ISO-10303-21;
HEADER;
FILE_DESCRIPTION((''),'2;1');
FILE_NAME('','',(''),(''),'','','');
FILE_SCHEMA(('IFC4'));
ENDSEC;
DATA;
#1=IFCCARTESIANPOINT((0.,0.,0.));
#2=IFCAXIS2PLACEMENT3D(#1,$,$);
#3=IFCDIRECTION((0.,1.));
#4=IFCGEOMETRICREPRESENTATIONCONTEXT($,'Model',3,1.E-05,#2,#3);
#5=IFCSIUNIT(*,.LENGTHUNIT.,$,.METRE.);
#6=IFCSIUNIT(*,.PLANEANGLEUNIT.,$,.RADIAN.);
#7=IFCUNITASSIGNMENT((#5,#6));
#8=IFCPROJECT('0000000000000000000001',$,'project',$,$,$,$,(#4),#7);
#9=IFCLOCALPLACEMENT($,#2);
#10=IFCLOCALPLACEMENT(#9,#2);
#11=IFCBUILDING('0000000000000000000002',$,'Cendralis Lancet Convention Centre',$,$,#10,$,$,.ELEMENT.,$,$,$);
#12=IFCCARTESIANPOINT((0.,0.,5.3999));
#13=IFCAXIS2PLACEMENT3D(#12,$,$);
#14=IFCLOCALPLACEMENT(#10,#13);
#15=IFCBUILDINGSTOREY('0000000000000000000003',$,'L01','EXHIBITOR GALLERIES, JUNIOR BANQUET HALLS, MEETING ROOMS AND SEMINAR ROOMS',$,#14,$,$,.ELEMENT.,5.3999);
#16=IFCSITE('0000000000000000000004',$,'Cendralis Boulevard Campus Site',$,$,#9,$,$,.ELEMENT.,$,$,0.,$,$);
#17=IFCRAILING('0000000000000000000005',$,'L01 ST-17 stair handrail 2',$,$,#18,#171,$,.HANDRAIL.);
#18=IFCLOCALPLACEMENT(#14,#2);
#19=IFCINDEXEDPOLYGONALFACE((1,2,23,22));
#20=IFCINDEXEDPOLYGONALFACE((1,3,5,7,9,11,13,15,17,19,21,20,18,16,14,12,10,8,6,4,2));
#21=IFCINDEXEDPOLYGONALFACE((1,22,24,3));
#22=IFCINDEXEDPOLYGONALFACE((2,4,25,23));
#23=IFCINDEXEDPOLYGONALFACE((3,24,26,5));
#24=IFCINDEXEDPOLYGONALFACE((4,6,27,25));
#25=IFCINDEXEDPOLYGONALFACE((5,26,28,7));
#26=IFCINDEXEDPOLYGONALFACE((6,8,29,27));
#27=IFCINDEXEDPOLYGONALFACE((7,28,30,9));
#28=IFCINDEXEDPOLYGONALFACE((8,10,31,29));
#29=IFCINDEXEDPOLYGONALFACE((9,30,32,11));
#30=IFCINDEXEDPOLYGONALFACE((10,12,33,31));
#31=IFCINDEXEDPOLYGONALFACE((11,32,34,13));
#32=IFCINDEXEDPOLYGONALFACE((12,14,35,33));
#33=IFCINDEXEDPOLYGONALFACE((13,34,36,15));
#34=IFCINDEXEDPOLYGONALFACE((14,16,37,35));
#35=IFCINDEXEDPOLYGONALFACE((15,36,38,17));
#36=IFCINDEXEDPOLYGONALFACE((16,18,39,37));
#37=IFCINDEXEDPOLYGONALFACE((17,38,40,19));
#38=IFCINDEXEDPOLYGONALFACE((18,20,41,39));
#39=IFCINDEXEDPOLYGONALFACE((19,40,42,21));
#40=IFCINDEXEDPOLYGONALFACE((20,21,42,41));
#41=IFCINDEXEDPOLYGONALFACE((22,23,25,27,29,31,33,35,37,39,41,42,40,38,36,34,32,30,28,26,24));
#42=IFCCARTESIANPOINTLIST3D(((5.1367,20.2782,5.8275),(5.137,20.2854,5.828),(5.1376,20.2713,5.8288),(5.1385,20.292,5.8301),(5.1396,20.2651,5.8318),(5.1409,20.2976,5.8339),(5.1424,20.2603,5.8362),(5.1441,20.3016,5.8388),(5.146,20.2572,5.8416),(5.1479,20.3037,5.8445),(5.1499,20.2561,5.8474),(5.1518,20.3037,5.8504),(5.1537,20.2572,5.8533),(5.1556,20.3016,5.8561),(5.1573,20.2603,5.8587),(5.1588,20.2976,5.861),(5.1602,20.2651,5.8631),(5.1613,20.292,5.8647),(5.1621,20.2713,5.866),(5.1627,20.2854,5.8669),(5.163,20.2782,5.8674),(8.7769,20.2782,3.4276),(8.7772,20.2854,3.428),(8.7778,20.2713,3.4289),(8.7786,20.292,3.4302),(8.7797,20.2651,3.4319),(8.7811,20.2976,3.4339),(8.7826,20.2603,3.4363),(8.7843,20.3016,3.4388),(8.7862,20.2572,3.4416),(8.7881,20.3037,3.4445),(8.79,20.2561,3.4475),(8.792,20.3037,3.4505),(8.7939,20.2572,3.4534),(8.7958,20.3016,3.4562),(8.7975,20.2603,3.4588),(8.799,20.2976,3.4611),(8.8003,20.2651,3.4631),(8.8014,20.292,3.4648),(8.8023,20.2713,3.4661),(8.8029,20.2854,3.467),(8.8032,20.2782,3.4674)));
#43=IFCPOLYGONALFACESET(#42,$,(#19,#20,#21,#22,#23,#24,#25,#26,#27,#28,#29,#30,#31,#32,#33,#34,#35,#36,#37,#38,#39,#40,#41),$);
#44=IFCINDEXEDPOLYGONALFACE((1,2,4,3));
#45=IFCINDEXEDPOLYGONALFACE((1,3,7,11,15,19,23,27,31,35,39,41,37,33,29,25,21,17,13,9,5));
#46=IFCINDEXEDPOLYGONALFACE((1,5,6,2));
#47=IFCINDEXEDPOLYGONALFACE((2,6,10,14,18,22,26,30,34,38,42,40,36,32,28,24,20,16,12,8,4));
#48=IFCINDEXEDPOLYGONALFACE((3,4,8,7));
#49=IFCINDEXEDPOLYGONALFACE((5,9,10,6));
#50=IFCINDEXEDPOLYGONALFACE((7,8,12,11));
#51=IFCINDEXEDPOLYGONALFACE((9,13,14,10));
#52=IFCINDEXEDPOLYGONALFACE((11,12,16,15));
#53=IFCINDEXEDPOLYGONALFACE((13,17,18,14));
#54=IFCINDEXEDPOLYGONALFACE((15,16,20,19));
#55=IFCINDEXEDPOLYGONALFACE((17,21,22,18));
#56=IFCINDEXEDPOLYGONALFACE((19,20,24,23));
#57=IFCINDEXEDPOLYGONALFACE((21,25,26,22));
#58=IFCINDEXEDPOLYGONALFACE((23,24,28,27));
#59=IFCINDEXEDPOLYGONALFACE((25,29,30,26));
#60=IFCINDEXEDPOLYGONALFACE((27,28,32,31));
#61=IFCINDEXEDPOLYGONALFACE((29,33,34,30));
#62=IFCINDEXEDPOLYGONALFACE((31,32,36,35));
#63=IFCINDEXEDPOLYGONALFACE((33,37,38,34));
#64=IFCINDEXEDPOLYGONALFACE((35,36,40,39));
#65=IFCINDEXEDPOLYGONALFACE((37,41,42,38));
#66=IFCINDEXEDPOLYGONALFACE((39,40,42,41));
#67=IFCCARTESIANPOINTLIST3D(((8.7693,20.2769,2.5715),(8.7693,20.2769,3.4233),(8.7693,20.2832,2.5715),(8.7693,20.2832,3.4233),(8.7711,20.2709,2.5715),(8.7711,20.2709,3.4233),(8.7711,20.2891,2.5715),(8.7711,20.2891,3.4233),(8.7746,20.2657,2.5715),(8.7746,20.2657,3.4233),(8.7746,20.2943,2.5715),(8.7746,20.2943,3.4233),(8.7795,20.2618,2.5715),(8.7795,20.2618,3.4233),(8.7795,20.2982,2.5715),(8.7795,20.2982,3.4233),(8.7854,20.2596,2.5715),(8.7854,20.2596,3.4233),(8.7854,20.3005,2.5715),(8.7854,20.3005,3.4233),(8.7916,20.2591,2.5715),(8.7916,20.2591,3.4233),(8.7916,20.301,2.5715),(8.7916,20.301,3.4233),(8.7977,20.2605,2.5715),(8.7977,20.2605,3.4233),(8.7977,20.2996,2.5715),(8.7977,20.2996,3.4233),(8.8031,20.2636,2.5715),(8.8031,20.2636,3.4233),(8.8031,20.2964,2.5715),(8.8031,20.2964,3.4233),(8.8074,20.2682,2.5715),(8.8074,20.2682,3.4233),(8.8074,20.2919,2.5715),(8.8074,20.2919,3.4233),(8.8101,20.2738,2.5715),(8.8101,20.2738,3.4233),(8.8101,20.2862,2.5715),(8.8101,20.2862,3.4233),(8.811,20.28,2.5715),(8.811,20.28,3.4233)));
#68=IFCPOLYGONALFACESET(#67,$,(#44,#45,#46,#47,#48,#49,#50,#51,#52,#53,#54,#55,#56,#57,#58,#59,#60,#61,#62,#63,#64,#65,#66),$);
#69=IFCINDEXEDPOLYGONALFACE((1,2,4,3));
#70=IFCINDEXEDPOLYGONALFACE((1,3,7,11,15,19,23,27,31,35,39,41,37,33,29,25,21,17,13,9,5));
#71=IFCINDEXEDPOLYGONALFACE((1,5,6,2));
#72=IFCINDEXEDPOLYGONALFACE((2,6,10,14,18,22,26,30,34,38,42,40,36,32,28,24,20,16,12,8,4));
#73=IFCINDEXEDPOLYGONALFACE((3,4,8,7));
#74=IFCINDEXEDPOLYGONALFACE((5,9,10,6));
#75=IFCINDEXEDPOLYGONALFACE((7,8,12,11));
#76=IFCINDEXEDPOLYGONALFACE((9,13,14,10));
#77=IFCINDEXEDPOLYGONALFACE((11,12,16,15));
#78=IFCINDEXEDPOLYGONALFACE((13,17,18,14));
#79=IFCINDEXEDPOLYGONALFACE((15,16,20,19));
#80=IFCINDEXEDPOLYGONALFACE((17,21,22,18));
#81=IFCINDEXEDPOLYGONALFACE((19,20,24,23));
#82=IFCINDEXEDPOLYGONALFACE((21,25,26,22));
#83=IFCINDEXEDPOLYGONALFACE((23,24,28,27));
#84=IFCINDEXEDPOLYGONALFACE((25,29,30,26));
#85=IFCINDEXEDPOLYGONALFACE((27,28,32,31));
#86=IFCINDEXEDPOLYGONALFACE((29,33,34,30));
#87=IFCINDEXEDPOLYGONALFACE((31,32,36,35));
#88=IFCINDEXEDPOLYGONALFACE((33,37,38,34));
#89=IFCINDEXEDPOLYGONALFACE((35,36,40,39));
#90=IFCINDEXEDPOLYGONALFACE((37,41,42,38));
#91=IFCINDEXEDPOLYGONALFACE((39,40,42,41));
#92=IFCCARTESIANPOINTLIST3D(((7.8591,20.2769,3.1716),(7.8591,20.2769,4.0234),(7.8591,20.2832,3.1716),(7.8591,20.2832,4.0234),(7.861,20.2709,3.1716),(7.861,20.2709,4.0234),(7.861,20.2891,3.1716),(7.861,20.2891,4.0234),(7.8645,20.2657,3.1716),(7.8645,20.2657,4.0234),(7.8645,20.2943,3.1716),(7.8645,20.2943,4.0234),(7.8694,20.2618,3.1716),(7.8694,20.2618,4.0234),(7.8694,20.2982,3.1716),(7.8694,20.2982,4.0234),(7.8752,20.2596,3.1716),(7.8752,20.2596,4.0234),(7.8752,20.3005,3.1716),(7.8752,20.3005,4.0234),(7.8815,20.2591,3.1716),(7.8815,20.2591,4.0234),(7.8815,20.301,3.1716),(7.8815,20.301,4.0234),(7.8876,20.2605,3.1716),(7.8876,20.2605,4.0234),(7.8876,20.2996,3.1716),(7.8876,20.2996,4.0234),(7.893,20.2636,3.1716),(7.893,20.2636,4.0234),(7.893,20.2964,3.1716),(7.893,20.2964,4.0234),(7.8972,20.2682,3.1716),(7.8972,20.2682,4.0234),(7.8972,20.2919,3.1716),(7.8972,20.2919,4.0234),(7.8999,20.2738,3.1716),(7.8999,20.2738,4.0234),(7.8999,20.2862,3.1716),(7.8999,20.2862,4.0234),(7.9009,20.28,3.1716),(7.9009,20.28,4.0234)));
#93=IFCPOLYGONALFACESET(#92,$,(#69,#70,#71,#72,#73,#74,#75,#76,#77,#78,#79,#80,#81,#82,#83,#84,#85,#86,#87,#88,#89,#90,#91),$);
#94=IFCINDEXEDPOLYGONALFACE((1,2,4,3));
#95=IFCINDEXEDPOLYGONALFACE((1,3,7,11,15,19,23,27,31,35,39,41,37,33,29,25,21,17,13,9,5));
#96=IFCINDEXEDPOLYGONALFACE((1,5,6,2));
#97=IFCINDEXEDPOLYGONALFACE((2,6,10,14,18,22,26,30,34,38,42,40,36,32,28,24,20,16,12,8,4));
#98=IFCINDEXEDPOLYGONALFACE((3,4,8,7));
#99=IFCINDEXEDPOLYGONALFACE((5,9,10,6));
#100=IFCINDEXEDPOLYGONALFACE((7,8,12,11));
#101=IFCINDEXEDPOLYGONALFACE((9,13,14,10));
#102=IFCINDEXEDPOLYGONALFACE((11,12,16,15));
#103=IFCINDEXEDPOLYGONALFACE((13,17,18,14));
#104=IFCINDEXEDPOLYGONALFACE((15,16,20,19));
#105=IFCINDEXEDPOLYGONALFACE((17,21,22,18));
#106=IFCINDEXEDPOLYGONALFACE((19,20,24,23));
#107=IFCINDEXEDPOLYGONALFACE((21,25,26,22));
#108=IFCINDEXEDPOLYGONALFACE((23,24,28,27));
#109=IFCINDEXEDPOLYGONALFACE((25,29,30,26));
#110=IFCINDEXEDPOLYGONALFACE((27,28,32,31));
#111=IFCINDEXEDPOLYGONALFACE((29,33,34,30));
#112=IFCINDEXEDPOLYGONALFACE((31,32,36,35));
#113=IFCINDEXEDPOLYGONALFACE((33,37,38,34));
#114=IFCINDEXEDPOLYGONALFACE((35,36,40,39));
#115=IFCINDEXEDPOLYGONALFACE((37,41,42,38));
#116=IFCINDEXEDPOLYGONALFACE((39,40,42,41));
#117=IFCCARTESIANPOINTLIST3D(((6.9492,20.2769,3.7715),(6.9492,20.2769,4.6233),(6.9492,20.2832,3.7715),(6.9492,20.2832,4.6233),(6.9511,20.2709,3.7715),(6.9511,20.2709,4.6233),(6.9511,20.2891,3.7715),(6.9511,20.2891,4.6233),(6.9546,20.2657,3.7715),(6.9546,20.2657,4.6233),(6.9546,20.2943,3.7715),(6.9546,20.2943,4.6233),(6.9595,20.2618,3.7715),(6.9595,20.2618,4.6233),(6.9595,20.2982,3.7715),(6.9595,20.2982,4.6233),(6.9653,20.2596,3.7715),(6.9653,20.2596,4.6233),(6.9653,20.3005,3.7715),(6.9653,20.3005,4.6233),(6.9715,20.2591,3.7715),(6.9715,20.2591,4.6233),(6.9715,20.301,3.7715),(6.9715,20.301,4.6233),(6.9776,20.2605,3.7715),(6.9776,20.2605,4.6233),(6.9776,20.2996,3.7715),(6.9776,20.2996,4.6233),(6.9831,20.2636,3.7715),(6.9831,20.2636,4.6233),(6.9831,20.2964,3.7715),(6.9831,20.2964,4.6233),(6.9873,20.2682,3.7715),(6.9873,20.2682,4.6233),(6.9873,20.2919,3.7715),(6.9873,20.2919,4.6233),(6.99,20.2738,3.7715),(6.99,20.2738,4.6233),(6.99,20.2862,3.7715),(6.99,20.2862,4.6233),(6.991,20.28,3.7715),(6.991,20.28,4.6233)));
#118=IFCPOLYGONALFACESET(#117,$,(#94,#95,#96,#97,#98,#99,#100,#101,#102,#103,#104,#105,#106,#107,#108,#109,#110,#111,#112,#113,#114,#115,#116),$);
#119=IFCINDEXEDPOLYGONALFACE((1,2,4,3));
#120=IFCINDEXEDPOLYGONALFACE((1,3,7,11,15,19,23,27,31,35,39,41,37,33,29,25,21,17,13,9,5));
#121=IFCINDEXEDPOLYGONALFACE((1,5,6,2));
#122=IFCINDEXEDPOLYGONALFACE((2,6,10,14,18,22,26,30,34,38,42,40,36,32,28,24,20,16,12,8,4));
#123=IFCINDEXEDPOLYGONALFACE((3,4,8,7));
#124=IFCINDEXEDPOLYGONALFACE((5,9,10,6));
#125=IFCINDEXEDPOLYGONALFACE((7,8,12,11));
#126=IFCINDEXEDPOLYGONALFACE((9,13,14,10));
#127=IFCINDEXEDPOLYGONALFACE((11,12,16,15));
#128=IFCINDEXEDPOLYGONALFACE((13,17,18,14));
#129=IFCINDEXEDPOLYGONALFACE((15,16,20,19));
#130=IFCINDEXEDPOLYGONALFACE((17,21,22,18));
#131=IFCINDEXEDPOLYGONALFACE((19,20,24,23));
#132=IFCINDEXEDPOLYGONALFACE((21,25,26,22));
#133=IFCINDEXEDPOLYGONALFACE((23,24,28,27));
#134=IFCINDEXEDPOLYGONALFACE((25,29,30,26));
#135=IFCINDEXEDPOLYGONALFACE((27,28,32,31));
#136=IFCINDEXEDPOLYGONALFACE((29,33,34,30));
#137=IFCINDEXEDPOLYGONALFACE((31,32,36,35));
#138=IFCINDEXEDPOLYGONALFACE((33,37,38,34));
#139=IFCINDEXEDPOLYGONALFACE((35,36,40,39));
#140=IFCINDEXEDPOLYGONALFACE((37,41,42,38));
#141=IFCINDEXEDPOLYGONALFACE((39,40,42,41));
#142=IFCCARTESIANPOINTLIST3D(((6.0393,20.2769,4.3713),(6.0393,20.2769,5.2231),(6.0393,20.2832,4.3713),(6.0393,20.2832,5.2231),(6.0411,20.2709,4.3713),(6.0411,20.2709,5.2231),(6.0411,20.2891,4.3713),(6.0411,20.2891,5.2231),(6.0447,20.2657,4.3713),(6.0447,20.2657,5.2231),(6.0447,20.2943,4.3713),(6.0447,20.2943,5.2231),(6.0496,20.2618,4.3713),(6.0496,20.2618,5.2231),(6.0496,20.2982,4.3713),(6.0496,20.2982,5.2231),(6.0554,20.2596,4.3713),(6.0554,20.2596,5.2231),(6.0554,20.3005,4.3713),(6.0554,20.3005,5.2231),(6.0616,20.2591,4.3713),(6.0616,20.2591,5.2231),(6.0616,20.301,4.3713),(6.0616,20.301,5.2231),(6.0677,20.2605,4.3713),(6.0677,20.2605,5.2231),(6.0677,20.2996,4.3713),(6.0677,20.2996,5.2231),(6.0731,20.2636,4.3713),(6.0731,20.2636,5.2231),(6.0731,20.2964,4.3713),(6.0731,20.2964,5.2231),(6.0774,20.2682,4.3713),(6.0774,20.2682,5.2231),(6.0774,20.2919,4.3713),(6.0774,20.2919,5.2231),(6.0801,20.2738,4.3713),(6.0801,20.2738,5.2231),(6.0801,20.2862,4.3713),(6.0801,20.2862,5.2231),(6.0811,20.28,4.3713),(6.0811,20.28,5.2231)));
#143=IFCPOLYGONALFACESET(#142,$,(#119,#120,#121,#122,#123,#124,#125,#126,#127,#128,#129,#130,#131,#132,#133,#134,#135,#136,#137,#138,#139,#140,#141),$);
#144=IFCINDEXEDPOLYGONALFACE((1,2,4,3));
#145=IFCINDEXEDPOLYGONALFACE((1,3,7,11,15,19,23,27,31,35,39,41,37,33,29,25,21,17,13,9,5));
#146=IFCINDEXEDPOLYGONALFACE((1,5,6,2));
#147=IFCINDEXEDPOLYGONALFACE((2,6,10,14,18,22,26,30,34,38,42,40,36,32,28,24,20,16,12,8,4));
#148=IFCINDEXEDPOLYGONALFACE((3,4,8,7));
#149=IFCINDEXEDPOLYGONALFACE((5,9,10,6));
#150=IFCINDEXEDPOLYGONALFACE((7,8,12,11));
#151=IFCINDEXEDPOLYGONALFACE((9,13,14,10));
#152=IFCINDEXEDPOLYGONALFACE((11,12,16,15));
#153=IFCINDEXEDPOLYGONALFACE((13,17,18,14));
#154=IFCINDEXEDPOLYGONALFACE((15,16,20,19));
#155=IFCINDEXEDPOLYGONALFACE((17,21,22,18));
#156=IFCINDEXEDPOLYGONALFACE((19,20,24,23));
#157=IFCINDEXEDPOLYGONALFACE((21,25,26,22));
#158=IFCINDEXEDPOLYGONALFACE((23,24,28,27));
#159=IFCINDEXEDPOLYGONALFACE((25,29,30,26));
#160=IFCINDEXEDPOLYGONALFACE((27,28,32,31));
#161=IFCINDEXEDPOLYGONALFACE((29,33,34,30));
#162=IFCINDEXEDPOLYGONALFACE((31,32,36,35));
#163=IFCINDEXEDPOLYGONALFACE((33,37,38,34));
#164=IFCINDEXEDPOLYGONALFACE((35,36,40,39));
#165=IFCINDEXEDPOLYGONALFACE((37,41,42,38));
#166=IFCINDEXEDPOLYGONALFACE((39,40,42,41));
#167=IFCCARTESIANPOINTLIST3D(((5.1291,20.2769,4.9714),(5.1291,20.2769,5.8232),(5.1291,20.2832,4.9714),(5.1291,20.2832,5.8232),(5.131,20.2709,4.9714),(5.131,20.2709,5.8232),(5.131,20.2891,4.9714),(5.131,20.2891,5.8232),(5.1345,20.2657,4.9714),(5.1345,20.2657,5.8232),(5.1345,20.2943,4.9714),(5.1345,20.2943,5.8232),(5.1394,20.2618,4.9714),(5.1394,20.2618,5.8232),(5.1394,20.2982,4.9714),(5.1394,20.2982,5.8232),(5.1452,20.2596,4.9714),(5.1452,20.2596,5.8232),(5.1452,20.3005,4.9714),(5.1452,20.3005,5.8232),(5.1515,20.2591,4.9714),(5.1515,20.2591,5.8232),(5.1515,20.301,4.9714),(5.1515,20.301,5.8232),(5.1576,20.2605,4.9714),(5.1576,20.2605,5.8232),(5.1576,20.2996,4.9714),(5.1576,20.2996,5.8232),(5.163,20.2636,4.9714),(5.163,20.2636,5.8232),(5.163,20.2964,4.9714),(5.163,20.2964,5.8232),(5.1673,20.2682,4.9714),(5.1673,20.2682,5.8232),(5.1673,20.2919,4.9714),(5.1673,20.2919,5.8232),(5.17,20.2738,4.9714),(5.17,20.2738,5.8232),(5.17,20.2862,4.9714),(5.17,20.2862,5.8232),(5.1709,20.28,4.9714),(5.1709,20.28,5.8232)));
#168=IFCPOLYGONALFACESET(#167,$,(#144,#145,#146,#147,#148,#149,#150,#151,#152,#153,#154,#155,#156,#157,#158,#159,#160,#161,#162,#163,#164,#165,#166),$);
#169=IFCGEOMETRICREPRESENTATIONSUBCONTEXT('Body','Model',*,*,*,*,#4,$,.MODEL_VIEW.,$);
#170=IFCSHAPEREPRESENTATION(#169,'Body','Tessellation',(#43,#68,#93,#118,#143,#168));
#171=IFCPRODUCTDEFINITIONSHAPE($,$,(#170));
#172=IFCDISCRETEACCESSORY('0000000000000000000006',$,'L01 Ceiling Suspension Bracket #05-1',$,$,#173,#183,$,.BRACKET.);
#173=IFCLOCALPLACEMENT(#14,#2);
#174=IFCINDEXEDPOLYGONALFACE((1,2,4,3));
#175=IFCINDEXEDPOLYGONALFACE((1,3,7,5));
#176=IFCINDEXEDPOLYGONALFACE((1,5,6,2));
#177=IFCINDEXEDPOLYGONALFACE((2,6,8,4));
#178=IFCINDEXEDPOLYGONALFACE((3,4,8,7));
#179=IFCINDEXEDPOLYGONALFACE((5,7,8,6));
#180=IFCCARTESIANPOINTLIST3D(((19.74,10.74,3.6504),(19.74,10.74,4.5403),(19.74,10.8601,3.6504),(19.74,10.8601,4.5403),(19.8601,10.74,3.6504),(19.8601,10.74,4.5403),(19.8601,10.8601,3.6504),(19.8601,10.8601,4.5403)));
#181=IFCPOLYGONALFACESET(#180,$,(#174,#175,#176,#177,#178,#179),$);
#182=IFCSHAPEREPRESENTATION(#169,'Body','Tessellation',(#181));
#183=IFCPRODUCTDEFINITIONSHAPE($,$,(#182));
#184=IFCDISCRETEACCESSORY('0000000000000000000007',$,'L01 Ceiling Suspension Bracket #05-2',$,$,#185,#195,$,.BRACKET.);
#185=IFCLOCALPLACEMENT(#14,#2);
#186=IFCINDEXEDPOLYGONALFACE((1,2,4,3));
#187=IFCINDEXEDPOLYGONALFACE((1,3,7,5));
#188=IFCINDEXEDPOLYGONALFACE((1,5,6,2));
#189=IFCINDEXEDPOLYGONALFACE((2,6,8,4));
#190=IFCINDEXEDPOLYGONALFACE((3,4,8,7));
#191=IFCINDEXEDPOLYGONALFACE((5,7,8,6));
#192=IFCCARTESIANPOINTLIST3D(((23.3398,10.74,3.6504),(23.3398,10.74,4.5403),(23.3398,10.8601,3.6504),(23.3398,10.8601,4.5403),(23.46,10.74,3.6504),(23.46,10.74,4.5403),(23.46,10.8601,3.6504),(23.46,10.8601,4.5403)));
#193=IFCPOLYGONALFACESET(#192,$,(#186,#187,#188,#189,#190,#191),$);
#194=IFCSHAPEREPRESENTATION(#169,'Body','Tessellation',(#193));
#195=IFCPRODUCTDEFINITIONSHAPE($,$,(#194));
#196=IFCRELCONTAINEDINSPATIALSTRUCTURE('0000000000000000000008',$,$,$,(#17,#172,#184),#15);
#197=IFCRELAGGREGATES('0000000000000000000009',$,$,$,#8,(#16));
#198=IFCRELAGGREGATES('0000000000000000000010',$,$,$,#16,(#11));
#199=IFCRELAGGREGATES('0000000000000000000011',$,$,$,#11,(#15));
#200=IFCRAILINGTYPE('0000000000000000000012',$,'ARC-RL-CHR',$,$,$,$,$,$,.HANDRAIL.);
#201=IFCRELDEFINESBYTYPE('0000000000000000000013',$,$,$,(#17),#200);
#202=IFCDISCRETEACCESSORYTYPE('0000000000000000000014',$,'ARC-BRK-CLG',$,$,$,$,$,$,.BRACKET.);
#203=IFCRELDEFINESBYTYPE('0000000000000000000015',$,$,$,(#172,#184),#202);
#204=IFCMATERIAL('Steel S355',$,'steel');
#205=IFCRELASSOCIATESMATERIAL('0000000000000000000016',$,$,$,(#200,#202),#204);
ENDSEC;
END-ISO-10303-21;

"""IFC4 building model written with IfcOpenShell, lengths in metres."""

from ifc_helpers import new_model, si_unit, direction, frame, origin, origin_2d, place, context, subcontext, project, spatial, rectangle, circle, extrude, material, type_object, element, save


model = new_model("IFC4")

# Units and contexts
model_context = context("Model", 3, precision=1e-05, world=origin(), true_north=direction((0.0, 1.0)))
body_context = subcontext(model_context, "Body", "Model", "MODEL_VIEW")
ifc_project = project(units=[si_unit("LENGTHUNIT", "METRE"), si_unit("PLANEANGLEUNIT", "RADIAN")], contexts=[model_context])

# Site, building, storey
site_placement = place(None, origin())
site = spatial("IfcSite", under=ifc_project, at=site_placement, Name="Cendralis Boulevard Campus Site", CompositionType="ELEMENT", RefElevation=0.0)
building_placement = place(site_placement, origin())
building = spatial("IfcBuilding", under=site, at=building_placement, Name="Cendralis Lancet Convention Centre", CompositionType="ELEMENT")
storey_placement = place(building_placement, frame((0.0, 0.0, 5.3999)))
storey = spatial("IfcBuildingStorey", under=building, at=storey_placement, Name="L01", Description="EXHIBITOR GALLERIES, JUNIOR BANQUET HALLS, MEETING ROOMS AND SEMINAR ROOMS", CompositionType="ELEMENT", Elevation=5.3999)

# Shared definitions
ifc_material_1 = material(Name="Steel S355", Category="steel")

# Railing
railing_type_1 = type_object("IfcRailingType", Name="ARC-RL-CHR", PredefinedType="HANDRAIL", material=ifc_material_1)
railing_1_placement = place(storey_placement, frame((8.79, 20.28, 2.5715)))
element("IfcRailing", 1, at=railing_1_placement, inside=storey, type_object=railing_type_1, Name="L01 ST-17 stair handrail 2", PredefinedType="HANDRAIL", context=body_context, shape_type="SweptSolid", body=[
    extrude(circle(Radius=0.0239, at=origin_2d()), frame((0.0, 0.0, 0.876), z_axis=(-0.834882, 0.0, 0.550429), x_axis=(0.0, -1.0, 0.0)), (0.0, 0.0, 1.0), 4.3601),
    extrude(circle(Radius=0.021, at=origin_2d()), origin(), (0.0, 0.0, 1.0), 0.8518),
    extrude(circle(Radius=0.021, at=origin_2d()), frame((-0.9102, 0.0, 0.6001)), (0.0, 0.0, 1.0), 0.8518),
    extrude(circle(Radius=0.021, at=origin_2d()), frame((-1.8201, 0.0, 1.2)), (0.0, 0.0, 1.0), 0.8518),
    extrude(circle(Radius=0.021, at=origin_2d()), frame((-2.73, 0.0, 1.7998)), (0.0, 0.0, 1.0), 0.8518),
    extrude(circle(Radius=0.021, at=origin_2d()), frame((-3.6401, 0.0, 2.3999)), (0.0, 0.0, 1.0), 0.8518),
])

# Discrete accessories
discrete_accessory_type = type_object("IfcDiscreteAccessoryType", Name="ARC-BRK-CLG", PredefinedType="BRACKET", material=ifc_material_1)
for number, where, z_axis, x_axis, name in (
    (2, (19.8, 10.8, 3.6504), (0.0, 0.0, 1.0), (1.0, 0.0, 0.0), "L01 Ceiling Suspension Bracket #05-1"),
    (3, (23.3999, 10.8, 3.6504), (0.0, 0.0, 1.0), (1.0, 0.0, 0.0), "L01 Ceiling Suspension Bracket #05-2"),
):
    element("IfcDiscreteAccessory", number, at=place(storey_placement, frame(where, z_axis=z_axis, x_axis=x_axis)), inside=storey, type_object=discrete_accessory_type, Name=name, PredefinedType="BRACKET", context=body_context, shape_type="SweptSolid", body=[
        extrude(rectangle(XDim=0.1201, YDim=0.1201, at=origin_2d()), origin(), (0.0, 0.0, 1.0), 0.8899),
    ])

save(model, "model.ifc")
